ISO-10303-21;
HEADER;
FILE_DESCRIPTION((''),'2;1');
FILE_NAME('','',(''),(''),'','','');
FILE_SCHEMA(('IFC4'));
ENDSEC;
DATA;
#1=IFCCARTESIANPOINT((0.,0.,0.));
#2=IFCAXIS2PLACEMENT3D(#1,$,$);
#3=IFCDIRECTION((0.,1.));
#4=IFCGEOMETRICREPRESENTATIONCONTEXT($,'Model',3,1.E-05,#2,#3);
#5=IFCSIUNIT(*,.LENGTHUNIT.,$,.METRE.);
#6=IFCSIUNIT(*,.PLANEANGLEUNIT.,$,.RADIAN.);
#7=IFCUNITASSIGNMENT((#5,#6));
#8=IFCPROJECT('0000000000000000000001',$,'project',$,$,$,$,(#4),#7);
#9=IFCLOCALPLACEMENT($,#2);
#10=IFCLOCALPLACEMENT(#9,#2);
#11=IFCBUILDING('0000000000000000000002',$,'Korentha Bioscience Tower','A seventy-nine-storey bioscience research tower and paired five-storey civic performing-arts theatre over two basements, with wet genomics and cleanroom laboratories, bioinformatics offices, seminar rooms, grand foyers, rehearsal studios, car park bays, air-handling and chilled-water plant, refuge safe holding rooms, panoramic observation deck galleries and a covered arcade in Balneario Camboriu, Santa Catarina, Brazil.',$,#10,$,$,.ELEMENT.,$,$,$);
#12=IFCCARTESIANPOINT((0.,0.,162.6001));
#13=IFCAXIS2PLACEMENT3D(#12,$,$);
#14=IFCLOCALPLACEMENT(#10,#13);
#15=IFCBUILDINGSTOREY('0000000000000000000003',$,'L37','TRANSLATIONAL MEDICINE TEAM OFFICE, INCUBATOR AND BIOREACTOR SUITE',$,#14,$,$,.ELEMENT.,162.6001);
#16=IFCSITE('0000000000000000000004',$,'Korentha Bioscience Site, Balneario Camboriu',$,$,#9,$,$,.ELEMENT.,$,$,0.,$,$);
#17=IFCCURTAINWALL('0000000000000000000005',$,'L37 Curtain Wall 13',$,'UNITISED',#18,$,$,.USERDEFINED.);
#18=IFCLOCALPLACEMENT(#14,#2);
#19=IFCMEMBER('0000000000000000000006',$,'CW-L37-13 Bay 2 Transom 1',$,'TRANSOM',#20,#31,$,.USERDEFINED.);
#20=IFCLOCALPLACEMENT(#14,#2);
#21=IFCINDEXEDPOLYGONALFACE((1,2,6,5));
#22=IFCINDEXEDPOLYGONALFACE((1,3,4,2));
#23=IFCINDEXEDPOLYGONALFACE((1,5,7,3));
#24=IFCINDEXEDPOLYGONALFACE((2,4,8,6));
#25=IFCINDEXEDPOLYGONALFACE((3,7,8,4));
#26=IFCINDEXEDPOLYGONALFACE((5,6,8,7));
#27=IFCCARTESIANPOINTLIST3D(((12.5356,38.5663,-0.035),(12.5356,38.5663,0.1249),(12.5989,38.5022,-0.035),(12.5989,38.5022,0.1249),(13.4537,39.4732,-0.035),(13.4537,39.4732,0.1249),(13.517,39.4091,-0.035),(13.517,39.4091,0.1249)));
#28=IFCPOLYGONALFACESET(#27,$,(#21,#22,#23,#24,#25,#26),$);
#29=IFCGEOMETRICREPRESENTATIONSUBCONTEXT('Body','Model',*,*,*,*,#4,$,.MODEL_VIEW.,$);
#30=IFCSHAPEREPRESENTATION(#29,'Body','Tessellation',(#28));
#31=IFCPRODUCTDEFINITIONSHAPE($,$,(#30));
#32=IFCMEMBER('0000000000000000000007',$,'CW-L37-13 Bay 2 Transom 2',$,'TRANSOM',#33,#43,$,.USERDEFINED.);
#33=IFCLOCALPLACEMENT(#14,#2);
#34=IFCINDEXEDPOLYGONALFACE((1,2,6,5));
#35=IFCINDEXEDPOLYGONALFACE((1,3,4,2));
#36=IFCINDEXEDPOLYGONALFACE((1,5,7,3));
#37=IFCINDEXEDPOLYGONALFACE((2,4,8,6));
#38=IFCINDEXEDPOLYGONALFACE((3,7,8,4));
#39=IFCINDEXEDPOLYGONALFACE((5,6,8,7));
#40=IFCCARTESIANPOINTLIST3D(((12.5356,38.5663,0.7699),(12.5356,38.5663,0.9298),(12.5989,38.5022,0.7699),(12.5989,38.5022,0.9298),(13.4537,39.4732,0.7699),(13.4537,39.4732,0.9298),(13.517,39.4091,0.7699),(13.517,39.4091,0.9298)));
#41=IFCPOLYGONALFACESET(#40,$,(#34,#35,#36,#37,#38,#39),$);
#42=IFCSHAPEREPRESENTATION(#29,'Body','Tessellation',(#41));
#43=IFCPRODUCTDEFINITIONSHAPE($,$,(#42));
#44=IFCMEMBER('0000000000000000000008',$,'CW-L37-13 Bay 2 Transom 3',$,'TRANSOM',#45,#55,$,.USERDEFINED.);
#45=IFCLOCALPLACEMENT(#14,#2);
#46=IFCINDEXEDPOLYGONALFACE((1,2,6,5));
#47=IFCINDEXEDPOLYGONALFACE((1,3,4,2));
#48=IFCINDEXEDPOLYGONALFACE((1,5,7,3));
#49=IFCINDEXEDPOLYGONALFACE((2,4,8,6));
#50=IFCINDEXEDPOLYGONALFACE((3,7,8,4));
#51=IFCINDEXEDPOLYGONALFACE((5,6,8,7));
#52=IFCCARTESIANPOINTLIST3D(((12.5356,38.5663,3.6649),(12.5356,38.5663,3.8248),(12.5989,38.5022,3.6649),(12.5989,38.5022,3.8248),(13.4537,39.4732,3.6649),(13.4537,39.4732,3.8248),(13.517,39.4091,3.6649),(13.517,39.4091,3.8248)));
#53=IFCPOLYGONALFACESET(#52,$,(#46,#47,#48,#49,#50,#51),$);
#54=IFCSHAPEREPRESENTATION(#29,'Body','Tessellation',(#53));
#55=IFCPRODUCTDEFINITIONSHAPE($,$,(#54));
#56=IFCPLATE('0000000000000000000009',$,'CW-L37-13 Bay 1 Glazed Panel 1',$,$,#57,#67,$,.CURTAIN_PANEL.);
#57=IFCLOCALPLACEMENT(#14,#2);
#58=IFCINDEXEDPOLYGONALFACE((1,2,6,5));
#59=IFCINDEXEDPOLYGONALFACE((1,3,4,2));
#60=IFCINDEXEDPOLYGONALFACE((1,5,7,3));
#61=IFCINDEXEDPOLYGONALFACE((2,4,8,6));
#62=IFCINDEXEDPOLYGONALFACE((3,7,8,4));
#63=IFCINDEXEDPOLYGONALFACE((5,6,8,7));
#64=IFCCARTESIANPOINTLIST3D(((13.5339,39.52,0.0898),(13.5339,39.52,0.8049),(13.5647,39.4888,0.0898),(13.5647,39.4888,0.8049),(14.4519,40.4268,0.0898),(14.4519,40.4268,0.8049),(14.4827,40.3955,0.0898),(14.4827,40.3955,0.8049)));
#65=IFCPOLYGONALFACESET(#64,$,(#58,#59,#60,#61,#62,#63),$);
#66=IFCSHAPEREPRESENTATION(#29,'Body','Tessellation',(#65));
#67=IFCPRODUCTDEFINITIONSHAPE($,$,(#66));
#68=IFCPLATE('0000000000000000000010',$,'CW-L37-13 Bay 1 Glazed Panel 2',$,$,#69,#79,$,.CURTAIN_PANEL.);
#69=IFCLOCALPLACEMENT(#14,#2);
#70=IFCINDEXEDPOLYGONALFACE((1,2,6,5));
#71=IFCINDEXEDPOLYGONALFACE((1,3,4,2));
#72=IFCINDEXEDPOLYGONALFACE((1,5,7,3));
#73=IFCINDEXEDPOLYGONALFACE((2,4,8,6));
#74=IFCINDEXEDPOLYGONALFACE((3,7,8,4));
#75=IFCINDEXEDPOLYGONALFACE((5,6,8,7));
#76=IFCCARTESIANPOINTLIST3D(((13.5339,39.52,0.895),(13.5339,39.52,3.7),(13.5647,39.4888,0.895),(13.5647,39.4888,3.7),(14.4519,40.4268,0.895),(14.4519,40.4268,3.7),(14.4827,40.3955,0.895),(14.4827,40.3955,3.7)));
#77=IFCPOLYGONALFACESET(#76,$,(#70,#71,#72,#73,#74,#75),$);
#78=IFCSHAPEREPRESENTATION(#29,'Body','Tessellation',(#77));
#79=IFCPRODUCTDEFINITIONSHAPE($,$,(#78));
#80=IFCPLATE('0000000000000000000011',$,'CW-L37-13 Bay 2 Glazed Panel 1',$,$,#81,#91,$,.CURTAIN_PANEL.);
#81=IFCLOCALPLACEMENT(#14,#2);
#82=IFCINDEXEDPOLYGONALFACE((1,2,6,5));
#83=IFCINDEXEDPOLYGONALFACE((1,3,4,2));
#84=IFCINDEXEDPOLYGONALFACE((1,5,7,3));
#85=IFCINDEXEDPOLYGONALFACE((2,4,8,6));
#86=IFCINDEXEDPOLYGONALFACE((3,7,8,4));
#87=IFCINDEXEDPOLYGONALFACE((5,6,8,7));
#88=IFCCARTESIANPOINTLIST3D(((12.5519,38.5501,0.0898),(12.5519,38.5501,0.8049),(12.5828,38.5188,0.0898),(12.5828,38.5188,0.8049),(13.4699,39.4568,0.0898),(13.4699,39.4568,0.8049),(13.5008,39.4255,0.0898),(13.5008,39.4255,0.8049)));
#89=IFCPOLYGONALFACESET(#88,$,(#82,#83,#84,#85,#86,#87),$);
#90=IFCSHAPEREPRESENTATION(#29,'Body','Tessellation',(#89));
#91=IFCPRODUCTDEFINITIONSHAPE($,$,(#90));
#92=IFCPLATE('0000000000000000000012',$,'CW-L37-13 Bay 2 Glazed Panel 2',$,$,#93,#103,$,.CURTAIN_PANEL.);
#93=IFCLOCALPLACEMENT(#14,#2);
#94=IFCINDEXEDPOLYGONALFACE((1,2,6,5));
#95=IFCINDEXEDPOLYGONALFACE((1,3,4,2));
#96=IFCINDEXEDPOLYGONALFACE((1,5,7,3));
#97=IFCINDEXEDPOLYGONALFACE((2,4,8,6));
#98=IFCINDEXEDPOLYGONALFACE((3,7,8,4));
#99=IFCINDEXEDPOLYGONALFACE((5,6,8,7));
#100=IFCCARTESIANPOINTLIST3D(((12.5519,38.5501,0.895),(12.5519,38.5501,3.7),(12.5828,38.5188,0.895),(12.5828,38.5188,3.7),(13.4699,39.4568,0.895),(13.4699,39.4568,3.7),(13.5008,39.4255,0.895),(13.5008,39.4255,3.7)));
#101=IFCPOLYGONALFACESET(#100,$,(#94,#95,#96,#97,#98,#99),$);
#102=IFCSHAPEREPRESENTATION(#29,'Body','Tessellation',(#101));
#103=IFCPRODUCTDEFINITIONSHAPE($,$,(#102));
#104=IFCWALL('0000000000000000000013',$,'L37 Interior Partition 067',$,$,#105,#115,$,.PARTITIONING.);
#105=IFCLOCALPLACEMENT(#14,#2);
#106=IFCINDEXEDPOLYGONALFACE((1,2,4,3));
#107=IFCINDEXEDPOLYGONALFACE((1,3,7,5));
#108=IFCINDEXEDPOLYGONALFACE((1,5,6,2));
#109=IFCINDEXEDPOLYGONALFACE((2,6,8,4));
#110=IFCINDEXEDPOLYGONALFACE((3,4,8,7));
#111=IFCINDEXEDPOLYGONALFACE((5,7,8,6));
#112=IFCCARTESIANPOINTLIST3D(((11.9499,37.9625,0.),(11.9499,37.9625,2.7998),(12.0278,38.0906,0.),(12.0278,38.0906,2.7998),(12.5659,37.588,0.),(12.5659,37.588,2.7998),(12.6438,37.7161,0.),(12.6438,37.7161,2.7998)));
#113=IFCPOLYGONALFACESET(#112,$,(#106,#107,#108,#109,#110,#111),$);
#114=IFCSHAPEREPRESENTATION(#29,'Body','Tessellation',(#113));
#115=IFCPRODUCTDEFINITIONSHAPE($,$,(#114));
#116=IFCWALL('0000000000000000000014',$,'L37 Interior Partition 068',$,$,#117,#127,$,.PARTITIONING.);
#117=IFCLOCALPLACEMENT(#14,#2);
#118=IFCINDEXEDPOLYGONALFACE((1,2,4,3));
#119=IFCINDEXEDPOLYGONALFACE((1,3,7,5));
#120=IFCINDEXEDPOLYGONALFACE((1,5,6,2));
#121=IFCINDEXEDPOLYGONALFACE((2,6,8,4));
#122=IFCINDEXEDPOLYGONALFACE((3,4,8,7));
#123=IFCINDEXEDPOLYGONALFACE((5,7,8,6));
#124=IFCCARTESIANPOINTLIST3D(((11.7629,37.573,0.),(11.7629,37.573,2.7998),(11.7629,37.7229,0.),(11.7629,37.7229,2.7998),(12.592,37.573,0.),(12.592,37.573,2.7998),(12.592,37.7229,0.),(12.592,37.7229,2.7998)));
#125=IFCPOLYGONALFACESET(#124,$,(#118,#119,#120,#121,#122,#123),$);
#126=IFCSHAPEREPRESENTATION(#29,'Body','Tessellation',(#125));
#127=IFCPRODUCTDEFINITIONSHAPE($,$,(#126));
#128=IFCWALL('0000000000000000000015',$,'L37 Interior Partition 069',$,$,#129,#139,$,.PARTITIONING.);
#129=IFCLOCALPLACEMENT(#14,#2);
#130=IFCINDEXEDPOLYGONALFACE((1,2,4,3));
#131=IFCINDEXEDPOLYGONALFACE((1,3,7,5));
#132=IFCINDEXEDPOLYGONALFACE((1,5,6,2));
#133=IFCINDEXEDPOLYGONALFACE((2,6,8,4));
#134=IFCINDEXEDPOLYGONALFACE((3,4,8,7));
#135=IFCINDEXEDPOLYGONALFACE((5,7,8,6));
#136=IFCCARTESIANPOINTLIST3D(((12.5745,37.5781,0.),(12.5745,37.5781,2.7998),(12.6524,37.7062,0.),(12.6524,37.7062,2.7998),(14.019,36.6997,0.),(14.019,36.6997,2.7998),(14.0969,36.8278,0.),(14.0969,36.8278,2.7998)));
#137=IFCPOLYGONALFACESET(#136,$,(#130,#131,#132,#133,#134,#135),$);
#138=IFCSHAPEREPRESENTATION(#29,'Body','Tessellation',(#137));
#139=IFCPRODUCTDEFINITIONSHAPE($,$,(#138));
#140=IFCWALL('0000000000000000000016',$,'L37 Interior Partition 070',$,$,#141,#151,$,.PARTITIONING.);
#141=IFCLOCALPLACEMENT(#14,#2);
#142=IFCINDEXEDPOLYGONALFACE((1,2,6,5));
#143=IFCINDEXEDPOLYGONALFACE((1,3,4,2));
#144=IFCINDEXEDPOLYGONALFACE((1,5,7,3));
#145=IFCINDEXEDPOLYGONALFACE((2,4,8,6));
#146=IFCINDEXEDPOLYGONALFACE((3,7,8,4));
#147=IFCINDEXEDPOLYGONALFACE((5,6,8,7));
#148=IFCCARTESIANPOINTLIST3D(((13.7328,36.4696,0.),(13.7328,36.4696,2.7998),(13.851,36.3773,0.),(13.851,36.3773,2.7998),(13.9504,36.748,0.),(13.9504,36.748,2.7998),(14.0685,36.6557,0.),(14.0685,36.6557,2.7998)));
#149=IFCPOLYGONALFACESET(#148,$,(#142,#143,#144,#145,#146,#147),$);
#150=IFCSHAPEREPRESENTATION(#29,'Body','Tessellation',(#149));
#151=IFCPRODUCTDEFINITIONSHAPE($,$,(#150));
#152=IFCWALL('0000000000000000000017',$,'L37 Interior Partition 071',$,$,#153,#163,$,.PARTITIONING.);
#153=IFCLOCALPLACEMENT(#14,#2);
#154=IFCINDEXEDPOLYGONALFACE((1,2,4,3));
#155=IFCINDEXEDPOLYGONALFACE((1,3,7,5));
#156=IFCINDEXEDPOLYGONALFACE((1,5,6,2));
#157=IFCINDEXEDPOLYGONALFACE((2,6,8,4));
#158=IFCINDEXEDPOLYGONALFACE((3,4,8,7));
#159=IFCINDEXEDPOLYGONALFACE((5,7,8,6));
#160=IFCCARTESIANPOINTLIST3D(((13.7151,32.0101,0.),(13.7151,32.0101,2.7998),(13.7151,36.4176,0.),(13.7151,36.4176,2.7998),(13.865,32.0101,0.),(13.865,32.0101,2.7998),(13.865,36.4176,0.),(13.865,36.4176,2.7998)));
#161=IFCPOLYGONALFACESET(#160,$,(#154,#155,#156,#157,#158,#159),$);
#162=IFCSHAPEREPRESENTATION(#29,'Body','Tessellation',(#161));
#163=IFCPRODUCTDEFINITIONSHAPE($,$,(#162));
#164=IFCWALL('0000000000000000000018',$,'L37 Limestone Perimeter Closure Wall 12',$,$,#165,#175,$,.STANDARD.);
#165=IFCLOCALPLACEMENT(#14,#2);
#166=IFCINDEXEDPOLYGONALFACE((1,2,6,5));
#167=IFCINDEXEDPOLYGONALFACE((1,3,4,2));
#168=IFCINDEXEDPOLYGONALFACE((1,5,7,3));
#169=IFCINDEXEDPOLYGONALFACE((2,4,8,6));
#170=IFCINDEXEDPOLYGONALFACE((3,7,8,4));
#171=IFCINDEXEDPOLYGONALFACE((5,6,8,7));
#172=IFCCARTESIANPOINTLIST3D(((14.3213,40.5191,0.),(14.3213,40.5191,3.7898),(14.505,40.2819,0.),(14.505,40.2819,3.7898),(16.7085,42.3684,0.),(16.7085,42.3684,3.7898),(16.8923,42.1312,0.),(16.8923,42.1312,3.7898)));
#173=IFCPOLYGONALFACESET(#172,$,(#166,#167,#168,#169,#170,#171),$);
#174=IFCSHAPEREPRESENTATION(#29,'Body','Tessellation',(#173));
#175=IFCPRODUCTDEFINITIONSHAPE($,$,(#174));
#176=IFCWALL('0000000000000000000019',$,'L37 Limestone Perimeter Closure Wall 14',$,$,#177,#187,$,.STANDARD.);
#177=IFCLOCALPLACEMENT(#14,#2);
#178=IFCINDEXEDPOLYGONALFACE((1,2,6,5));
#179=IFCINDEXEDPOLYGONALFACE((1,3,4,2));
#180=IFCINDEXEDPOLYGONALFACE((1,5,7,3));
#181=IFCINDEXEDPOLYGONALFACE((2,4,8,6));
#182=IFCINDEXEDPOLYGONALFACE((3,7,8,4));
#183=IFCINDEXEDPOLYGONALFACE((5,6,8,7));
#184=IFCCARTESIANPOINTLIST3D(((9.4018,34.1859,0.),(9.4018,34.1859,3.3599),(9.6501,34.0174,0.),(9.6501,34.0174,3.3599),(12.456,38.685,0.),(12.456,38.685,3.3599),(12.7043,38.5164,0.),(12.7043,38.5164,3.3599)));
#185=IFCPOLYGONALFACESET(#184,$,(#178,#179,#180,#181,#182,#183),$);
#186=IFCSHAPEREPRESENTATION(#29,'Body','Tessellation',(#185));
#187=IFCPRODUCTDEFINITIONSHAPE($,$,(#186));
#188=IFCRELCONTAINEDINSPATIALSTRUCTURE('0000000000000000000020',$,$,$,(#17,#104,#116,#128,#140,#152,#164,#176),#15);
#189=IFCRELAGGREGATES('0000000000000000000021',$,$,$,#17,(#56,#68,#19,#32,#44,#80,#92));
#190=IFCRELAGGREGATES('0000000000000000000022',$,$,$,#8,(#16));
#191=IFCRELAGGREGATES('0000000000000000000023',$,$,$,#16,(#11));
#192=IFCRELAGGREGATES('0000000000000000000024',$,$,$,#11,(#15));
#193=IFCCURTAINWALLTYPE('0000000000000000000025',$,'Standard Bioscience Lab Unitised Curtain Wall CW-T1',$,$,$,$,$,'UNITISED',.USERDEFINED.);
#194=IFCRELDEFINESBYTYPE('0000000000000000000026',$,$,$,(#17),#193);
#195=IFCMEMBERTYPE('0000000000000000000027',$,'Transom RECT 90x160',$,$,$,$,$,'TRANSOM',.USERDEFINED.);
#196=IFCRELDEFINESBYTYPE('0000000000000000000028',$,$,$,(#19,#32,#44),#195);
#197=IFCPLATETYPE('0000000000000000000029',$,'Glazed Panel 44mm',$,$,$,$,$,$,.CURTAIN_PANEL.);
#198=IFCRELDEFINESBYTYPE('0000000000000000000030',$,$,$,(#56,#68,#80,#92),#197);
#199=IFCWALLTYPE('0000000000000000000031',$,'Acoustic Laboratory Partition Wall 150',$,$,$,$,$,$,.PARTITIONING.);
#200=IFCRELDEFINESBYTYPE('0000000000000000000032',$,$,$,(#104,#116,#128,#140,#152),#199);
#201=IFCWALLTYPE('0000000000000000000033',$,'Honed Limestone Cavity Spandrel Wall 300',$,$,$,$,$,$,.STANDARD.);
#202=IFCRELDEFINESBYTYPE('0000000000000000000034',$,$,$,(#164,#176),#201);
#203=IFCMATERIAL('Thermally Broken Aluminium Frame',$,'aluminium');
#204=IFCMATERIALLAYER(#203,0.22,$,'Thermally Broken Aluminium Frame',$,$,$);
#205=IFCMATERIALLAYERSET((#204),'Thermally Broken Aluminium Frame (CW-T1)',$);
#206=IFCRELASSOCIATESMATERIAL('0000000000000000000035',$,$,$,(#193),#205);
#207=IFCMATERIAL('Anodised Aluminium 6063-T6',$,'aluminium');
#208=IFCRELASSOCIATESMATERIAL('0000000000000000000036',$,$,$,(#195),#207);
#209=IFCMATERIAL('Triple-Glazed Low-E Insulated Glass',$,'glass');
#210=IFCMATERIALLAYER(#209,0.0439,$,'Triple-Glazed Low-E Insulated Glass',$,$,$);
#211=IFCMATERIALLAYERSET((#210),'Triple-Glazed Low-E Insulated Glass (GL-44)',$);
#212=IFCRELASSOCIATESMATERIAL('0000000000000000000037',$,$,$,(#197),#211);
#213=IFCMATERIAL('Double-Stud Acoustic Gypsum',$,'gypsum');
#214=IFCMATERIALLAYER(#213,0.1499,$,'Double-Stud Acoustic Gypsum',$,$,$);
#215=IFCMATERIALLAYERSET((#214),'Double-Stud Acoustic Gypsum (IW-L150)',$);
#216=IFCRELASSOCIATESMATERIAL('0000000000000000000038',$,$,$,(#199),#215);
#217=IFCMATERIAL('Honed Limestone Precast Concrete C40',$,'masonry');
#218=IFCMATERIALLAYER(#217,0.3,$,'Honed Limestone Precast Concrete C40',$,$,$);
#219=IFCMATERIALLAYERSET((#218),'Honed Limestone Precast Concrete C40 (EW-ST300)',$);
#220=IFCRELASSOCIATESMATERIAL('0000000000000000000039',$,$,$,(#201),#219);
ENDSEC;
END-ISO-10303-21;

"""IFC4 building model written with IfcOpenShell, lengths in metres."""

from ifc_helpers import new_model, si_unit, direction, frame, frame_2d, origin, origin_2d, place, context, subcontext, project, spatial, rectangle, extrude, material, layer, layer_set, material_profile, profile_set, type_object, element, aggregate, save


model = new_model("IFC4")

# Units and contexts
model_context = context("Model", 3, precision=1e-05, world=origin(), true_north=direction((0.0, 1.0)))
body_context = subcontext(model_context, "Body", "Model", "MODEL_VIEW")
ifc_project = project(units=[si_unit("LENGTHUNIT", "METRE"), si_unit("PLANEANGLEUNIT", "RADIAN")], contexts=[model_context])

# Site, building, storey
site_placement = place(None, origin())
site = spatial("IfcSite", under=ifc_project, at=site_placement, Name="Korentha Bioscience Site, Balneario Camboriu", CompositionType="ELEMENT", RefElevation=0.0)
building_placement = place(site_placement, origin())
building = spatial("IfcBuilding", under=site, at=building_placement, Name="Korentha Bioscience Tower", Description="A seventy-nine-storey bioscience research tower and paired five-storey civic performing-arts theatre over two basements, with wet genomics and cleanroom laboratories, bioinformatics offices, seminar rooms, grand foyers, rehearsal studios, car park bays, air-handling and chilled-water plant, refuge safe holding rooms, panoramic observation deck galleries and a covered arcade in Balneario Camboriu, Santa Catarina, Brazil.", CompositionType="ELEMENT")
storey_placement = place(building_placement, frame((0.0, 0.0, 162.6001)))
storey = spatial("IfcBuildingStorey", under=building, at=storey_placement, Name="L37", Description="TRANSLATIONAL MEDICINE TEAM OFFICE, INCUBATOR AND BIOREACTOR SUITE", CompositionType="ELEMENT", Elevation=162.6001)

# Curtain wall
ifc_material_1 = material(Name="Thermally Broken Aluminium Frame", Category="aluminium")
ifc_layer_1 = layer(ifc_material_1, 0.22, Name="Thermally Broken Aluminium Frame")
ifc_layer_set_1 = layer_set([ifc_layer_1], Name="Thermally Broken Aluminium Frame (CW-T1)")
curtain_wall_type = type_object("IfcCurtainWallType", Name="Standard Bioscience Lab Unitised Curtain Wall CW-T1", ElementType="UNITISED", PredefinedType="USERDEFINED", material=ifc_layer_set_1)
curtain_wall_placement = place(storey_placement, origin())
curtain_wall = element("IfcCurtainWall", 1, at=curtain_wall_placement, inside=storey, type_object=curtain_wall_type, Name="L37 Curtain Wall 13", ObjectType="UNITISED", PredefinedType="USERDEFINED")
ifc_material_2 = material(Name="Anodised Aluminium 6063-T6", Category="aluminium")

# Members
ifc_material_profile_1 = material_profile(ifc_material_2, rectangle(XDim=0.0901, YDim=0.1599, at=origin_2d()), Name="Anodised Aluminium 6063-T6")
ifc_profile_set_1 = profile_set([ifc_material_profile_1], Name="Anodised Aluminium 6063-T6 (CW-TRN)")
member_type_1 = type_object("IfcMemberType", Name="Transom RECT 90x160", ElementType="TRANSOM", PredefinedType="USERDEFINED", material=ifc_profile_set_1)
member_1_placement = place(storey_placement, frame((13.4854, 39.4412, 0.0449), z_axis=(-0.711444, -0.702743, 0.0), x_axis=(0.702743, -0.711444, 0.0)))
member_1 = element("IfcMember", 2, at=member_1_placement, type_object=member_type_1, Name="CW-L37-13 Bay 2 Transom 1", ObjectType="TRANSOM", PredefinedType="USERDEFINED", context=body_context, shape_type="SweptSolid", body=[
    extrude(rectangle(XDim=0.0901, YDim=0.1599, at=origin_2d()), origin(), (0.0, 0.0, 1.0), 1.2905),
])
member_2_placement = place(storey_placement, frame((13.4854, 39.4412, 0.8499), z_axis=(-0.711444, -0.702743, 0.0), x_axis=(0.702743, -0.711444, 0.0)))
member_2 = element("IfcMember", 3, at=member_2_placement, type_object=member_type_1, Name="CW-L37-13 Bay 2 Transom 2", ObjectType="TRANSOM", PredefinedType="USERDEFINED", context=body_context, shape_type="SweptSolid", body=[
    extrude(rectangle(XDim=0.0901, YDim=0.1599, at=origin_2d()), origin(), (0.0, 0.0, 1.0), 1.2905),
])
member_3_placement = place(storey_placement, frame((13.4854, 39.4412, 3.7449), z_axis=(-0.711444, -0.702743, 0.0), x_axis=(0.702743, -0.711444, 0.0)))
member_3 = element("IfcMember", 4, at=member_3_placement, type_object=member_type_1, Name="CW-L37-13 Bay 2 Transom 3", ObjectType="TRANSOM", PredefinedType="USERDEFINED", context=body_context, shape_type="SweptSolid", body=[
    extrude(rectangle(XDim=0.0901, YDim=0.1599, at=origin_2d()), origin(), (0.0, 0.0, 1.0), 1.2905),
])

# Plates
ifc_material_3 = material(Name="Triple-Glazed Low-E Insulated Glass", Category="glass")
ifc_layer_2 = layer(ifc_material_3, 0.0439, Name="Triple-Glazed Low-E Insulated Glass")
ifc_layer_set_2 = layer_set([ifc_layer_2], Name="Triple-Glazed Low-E Insulated Glass (GL-44)")
plate_type = type_object("IfcPlateType", Name="Glazed Panel 44mm", PredefinedType="CURTAIN_PANEL", material=ifc_layer_set_2)
plate_1_placement = place(storey_placement, frame((14.0083, 39.9578, 0.0898), z_axis=(0.0, 0.0, 1.0), x_axis=(-0.711461, -0.702726, 0.0)))
plate_1 = element("IfcPlate", 5, at=plate_1_placement, type_object=plate_type, Name="CW-L37-13 Bay 1 Glazed Panel 1", PredefinedType="CURTAIN_PANEL", context=body_context, shape_type="SweptSolid", body=[
    extrude(rectangle(XDim=1.2903, YDim=0.0439, at=origin_2d()), origin(), (0.0, 0.0, 1.0), 0.7151),
])
plate_2_placement = place(storey_placement, frame((14.0083, 39.9578, 0.895), z_axis=(0.0, 0.0, 1.0), x_axis=(-0.711461, -0.702726, 0.0)))
plate_2 = element("IfcPlate", 6, at=plate_2_placement, type_object=plate_type, Name="CW-L37-13 Bay 1 Glazed Panel 2", PredefinedType="CURTAIN_PANEL", context=body_context, shape_type="SweptSolid", body=[
    extrude(rectangle(XDim=1.2903, YDim=0.0439, at=origin_2d()), origin(), (0.0, 0.0, 1.0), 2.8049),
])
plate_3_placement = place(storey_placement, frame((13.0264, 38.9878, 0.0898), z_axis=(0.0, 0.0, 1.0), x_axis=(-0.711461, -0.702726, 0.0)))
plate_3 = element("IfcPlate", 7, at=plate_3_placement, type_object=plate_type, Name="CW-L37-13 Bay 2 Glazed Panel 1", PredefinedType="CURTAIN_PANEL", context=body_context, shape_type="SweptSolid", body=[
    extrude(rectangle(XDim=1.2903, YDim=0.0439, at=origin_2d()), origin(), (0.0, 0.0, 1.0), 0.7151),
])
plate_4_placement = place(storey_placement, frame((13.0264, 38.9878, 0.895), z_axis=(0.0, 0.0, 1.0), x_axis=(-0.711461, -0.702726, 0.0)))
plate_4 = element("IfcPlate", 8, at=plate_4_placement, type_object=plate_type, Name="CW-L37-13 Bay 2 Glazed Panel 2", PredefinedType="CURTAIN_PANEL", context=body_context, shape_type="SweptSolid", body=[
    extrude(rectangle(XDim=1.2903, YDim=0.0439, at=origin_2d()), origin(), (0.0, 0.0, 1.0), 2.8049),
])
aggregate(curtain_wall, [plate_1, plate_2, member_1, member_2, member_3, plate_3, plate_4])

# Walls
ifc_material_4 = material(Name="Double-Stud Acoustic Gypsum", Category="gypsum")
ifc_layer_3 = layer(ifc_material_4, 0.1499, Name="Double-Stud Acoustic Gypsum")
ifc_layer_set_3 = layer_set([ifc_layer_3], Name="Double-Stud Acoustic Gypsum (IW-L150)")
wall_type_1 = type_object("IfcWallType", Name="Acoustic Laboratory Partition Wall 150", PredefinedType="PARTITIONING", material=ifc_layer_set_3)
wall_1_placement = place(storey_placement, frame((12.6047, 37.6521, 0.0), z_axis=(0.0, 0.0, 1.0), x_axis=(-0.85446, 0.519517, 0.0)))
element("IfcWall", 9, at=wall_1_placement, inside=storey, type_object=wall_type_1, Name="L37 Interior Partition 067", PredefinedType="PARTITIONING", context=body_context, shape_type="SweptSolid", body=[
    extrude(rectangle(XDim=0.7209, YDim=0.1499, at=frame_2d((0.3604, 0.0))), origin(), (0.0, 0.0, 1.0), 2.7998),
])
wall_2_placement = place(storey_placement, frame((11.7629, 37.6479, 0.0), z_axis=(0.0, 0.0, 1.0), x_axis=(1.0, 0.0, 0.0)))
element("IfcWall", 10, at=wall_2_placement, inside=storey, type_object=wall_type_1, Name="L37 Interior Partition 068", PredefinedType="PARTITIONING", context=body_context, shape_type="SweptSolid", body=[
    extrude(rectangle(XDim=0.8291, YDim=0.1499, at=frame_2d((0.4146, 0.0))), origin(), (0.0, 0.0, 1.0), 2.7998),
])
wall_3_placement = place(storey_placement, frame((12.6135, 37.6421, 0.0), z_axis=(0.0, 0.0, 1.0), x_axis=(0.854433, -0.519562, 0.0)))
element("IfcWall", 11, at=wall_3_placement, inside=storey, type_object=wall_type_1, Name="L37 Interior Partition 069", PredefinedType="PARTITIONING", context=body_context, shape_type="SweptSolid", body=[
    extrude(rectangle(XDim=1.6907, YDim=0.1499, at=frame_2d((0.8452, 0.0))), origin(), (0.0, 0.0, 1.0), 2.7998),
])
wall_4_placement = place(storey_placement, frame((14.0095, 36.7019, 0.0), z_axis=(0.0, 0.0, 1.0), x_axis=(-0.615805, -0.787899, 0.0)))
element("IfcWall", 12, at=wall_4_placement, inside=storey, type_object=wall_type_1, Name="L37 Interior Partition 070", PredefinedType="PARTITIONING", context=body_context, shape_type="SweptSolid", body=[
    extrude(rectangle(XDim=0.3533, YDim=0.1499, at=frame_2d((0.1768, 0.0))), origin(), (0.0, 0.0, 1.0), 2.7998),
])
wall_5_placement = place(storey_placement, frame((13.79, 36.4175, 0.0), z_axis=(0.0, 0.0, 1.0), x_axis=(0.0, -1.0, 0.0)))
element("IfcWall", 13, at=wall_5_placement, inside=storey, type_object=wall_type_1, Name="L37 Interior Partition 071", PredefinedType="PARTITIONING", context=body_context, shape_type="SweptSolid", body=[
    extrude(rectangle(XDim=4.4075, YDim=0.1499, at=frame_2d((2.2036, 0.0))), origin(), (0.0, 0.0, 1.0), 2.7998),
])
ifc_material_5 = material(Name="Honed Limestone Precast Concrete C40", Category="masonry")
ifc_layer_4 = layer(ifc_material_5, 0.3, Name="Honed Limestone Precast Concrete C40")
ifc_layer_set_4 = layer_set([ifc_layer_4], Name="Honed Limestone Precast Concrete C40 (EW-ST300)")
wall_type_2 = type_object("IfcWallType", Name="Honed Limestone Cavity Spandrel Wall 300", PredefinedType="STANDARD", material=ifc_layer_set_4)
wall_6_placement = place(storey_placement, frame((16.8003, 42.2498, 0.0), z_axis=(0.0, 0.0, 1.0), x_axis=(-0.790531, -0.612423, 0.0)))
element("IfcWall", 14, at=wall_6_placement, inside=storey, type_object=wall_type_2, Name="L37 Limestone Perimeter Closure Wall 12", PredefinedType="STANDARD", context=body_context, shape_type="SweptSolid", body=[
    extrude(rectangle(XDim=3.0198, YDim=0.3, at=frame_2d((1.5098, 0.0))), origin(), (0.0, 0.0, 1.0), 3.7898),
])
wall_7_placement = place(storey_placement, frame((12.5801, 38.6006, 0.0), z_axis=(0.0, 0.0, 1.0), x_axis=(-0.561664, -0.827365, 0.0)))
element("IfcWall", 15, at=wall_7_placement, inside=storey, type_object=wall_type_2, Name="L37 Limestone Perimeter Closure Wall 14", PredefinedType="STANDARD", context=body_context, shape_type="SweptSolid", body=[
    extrude(rectangle(XDim=5.4377, YDim=0.3, at=frame_2d((2.7188, 0.0))), origin(), (0.0, 0.0, 1.0), 3.3599),
])

save(model, "model.ifc")
